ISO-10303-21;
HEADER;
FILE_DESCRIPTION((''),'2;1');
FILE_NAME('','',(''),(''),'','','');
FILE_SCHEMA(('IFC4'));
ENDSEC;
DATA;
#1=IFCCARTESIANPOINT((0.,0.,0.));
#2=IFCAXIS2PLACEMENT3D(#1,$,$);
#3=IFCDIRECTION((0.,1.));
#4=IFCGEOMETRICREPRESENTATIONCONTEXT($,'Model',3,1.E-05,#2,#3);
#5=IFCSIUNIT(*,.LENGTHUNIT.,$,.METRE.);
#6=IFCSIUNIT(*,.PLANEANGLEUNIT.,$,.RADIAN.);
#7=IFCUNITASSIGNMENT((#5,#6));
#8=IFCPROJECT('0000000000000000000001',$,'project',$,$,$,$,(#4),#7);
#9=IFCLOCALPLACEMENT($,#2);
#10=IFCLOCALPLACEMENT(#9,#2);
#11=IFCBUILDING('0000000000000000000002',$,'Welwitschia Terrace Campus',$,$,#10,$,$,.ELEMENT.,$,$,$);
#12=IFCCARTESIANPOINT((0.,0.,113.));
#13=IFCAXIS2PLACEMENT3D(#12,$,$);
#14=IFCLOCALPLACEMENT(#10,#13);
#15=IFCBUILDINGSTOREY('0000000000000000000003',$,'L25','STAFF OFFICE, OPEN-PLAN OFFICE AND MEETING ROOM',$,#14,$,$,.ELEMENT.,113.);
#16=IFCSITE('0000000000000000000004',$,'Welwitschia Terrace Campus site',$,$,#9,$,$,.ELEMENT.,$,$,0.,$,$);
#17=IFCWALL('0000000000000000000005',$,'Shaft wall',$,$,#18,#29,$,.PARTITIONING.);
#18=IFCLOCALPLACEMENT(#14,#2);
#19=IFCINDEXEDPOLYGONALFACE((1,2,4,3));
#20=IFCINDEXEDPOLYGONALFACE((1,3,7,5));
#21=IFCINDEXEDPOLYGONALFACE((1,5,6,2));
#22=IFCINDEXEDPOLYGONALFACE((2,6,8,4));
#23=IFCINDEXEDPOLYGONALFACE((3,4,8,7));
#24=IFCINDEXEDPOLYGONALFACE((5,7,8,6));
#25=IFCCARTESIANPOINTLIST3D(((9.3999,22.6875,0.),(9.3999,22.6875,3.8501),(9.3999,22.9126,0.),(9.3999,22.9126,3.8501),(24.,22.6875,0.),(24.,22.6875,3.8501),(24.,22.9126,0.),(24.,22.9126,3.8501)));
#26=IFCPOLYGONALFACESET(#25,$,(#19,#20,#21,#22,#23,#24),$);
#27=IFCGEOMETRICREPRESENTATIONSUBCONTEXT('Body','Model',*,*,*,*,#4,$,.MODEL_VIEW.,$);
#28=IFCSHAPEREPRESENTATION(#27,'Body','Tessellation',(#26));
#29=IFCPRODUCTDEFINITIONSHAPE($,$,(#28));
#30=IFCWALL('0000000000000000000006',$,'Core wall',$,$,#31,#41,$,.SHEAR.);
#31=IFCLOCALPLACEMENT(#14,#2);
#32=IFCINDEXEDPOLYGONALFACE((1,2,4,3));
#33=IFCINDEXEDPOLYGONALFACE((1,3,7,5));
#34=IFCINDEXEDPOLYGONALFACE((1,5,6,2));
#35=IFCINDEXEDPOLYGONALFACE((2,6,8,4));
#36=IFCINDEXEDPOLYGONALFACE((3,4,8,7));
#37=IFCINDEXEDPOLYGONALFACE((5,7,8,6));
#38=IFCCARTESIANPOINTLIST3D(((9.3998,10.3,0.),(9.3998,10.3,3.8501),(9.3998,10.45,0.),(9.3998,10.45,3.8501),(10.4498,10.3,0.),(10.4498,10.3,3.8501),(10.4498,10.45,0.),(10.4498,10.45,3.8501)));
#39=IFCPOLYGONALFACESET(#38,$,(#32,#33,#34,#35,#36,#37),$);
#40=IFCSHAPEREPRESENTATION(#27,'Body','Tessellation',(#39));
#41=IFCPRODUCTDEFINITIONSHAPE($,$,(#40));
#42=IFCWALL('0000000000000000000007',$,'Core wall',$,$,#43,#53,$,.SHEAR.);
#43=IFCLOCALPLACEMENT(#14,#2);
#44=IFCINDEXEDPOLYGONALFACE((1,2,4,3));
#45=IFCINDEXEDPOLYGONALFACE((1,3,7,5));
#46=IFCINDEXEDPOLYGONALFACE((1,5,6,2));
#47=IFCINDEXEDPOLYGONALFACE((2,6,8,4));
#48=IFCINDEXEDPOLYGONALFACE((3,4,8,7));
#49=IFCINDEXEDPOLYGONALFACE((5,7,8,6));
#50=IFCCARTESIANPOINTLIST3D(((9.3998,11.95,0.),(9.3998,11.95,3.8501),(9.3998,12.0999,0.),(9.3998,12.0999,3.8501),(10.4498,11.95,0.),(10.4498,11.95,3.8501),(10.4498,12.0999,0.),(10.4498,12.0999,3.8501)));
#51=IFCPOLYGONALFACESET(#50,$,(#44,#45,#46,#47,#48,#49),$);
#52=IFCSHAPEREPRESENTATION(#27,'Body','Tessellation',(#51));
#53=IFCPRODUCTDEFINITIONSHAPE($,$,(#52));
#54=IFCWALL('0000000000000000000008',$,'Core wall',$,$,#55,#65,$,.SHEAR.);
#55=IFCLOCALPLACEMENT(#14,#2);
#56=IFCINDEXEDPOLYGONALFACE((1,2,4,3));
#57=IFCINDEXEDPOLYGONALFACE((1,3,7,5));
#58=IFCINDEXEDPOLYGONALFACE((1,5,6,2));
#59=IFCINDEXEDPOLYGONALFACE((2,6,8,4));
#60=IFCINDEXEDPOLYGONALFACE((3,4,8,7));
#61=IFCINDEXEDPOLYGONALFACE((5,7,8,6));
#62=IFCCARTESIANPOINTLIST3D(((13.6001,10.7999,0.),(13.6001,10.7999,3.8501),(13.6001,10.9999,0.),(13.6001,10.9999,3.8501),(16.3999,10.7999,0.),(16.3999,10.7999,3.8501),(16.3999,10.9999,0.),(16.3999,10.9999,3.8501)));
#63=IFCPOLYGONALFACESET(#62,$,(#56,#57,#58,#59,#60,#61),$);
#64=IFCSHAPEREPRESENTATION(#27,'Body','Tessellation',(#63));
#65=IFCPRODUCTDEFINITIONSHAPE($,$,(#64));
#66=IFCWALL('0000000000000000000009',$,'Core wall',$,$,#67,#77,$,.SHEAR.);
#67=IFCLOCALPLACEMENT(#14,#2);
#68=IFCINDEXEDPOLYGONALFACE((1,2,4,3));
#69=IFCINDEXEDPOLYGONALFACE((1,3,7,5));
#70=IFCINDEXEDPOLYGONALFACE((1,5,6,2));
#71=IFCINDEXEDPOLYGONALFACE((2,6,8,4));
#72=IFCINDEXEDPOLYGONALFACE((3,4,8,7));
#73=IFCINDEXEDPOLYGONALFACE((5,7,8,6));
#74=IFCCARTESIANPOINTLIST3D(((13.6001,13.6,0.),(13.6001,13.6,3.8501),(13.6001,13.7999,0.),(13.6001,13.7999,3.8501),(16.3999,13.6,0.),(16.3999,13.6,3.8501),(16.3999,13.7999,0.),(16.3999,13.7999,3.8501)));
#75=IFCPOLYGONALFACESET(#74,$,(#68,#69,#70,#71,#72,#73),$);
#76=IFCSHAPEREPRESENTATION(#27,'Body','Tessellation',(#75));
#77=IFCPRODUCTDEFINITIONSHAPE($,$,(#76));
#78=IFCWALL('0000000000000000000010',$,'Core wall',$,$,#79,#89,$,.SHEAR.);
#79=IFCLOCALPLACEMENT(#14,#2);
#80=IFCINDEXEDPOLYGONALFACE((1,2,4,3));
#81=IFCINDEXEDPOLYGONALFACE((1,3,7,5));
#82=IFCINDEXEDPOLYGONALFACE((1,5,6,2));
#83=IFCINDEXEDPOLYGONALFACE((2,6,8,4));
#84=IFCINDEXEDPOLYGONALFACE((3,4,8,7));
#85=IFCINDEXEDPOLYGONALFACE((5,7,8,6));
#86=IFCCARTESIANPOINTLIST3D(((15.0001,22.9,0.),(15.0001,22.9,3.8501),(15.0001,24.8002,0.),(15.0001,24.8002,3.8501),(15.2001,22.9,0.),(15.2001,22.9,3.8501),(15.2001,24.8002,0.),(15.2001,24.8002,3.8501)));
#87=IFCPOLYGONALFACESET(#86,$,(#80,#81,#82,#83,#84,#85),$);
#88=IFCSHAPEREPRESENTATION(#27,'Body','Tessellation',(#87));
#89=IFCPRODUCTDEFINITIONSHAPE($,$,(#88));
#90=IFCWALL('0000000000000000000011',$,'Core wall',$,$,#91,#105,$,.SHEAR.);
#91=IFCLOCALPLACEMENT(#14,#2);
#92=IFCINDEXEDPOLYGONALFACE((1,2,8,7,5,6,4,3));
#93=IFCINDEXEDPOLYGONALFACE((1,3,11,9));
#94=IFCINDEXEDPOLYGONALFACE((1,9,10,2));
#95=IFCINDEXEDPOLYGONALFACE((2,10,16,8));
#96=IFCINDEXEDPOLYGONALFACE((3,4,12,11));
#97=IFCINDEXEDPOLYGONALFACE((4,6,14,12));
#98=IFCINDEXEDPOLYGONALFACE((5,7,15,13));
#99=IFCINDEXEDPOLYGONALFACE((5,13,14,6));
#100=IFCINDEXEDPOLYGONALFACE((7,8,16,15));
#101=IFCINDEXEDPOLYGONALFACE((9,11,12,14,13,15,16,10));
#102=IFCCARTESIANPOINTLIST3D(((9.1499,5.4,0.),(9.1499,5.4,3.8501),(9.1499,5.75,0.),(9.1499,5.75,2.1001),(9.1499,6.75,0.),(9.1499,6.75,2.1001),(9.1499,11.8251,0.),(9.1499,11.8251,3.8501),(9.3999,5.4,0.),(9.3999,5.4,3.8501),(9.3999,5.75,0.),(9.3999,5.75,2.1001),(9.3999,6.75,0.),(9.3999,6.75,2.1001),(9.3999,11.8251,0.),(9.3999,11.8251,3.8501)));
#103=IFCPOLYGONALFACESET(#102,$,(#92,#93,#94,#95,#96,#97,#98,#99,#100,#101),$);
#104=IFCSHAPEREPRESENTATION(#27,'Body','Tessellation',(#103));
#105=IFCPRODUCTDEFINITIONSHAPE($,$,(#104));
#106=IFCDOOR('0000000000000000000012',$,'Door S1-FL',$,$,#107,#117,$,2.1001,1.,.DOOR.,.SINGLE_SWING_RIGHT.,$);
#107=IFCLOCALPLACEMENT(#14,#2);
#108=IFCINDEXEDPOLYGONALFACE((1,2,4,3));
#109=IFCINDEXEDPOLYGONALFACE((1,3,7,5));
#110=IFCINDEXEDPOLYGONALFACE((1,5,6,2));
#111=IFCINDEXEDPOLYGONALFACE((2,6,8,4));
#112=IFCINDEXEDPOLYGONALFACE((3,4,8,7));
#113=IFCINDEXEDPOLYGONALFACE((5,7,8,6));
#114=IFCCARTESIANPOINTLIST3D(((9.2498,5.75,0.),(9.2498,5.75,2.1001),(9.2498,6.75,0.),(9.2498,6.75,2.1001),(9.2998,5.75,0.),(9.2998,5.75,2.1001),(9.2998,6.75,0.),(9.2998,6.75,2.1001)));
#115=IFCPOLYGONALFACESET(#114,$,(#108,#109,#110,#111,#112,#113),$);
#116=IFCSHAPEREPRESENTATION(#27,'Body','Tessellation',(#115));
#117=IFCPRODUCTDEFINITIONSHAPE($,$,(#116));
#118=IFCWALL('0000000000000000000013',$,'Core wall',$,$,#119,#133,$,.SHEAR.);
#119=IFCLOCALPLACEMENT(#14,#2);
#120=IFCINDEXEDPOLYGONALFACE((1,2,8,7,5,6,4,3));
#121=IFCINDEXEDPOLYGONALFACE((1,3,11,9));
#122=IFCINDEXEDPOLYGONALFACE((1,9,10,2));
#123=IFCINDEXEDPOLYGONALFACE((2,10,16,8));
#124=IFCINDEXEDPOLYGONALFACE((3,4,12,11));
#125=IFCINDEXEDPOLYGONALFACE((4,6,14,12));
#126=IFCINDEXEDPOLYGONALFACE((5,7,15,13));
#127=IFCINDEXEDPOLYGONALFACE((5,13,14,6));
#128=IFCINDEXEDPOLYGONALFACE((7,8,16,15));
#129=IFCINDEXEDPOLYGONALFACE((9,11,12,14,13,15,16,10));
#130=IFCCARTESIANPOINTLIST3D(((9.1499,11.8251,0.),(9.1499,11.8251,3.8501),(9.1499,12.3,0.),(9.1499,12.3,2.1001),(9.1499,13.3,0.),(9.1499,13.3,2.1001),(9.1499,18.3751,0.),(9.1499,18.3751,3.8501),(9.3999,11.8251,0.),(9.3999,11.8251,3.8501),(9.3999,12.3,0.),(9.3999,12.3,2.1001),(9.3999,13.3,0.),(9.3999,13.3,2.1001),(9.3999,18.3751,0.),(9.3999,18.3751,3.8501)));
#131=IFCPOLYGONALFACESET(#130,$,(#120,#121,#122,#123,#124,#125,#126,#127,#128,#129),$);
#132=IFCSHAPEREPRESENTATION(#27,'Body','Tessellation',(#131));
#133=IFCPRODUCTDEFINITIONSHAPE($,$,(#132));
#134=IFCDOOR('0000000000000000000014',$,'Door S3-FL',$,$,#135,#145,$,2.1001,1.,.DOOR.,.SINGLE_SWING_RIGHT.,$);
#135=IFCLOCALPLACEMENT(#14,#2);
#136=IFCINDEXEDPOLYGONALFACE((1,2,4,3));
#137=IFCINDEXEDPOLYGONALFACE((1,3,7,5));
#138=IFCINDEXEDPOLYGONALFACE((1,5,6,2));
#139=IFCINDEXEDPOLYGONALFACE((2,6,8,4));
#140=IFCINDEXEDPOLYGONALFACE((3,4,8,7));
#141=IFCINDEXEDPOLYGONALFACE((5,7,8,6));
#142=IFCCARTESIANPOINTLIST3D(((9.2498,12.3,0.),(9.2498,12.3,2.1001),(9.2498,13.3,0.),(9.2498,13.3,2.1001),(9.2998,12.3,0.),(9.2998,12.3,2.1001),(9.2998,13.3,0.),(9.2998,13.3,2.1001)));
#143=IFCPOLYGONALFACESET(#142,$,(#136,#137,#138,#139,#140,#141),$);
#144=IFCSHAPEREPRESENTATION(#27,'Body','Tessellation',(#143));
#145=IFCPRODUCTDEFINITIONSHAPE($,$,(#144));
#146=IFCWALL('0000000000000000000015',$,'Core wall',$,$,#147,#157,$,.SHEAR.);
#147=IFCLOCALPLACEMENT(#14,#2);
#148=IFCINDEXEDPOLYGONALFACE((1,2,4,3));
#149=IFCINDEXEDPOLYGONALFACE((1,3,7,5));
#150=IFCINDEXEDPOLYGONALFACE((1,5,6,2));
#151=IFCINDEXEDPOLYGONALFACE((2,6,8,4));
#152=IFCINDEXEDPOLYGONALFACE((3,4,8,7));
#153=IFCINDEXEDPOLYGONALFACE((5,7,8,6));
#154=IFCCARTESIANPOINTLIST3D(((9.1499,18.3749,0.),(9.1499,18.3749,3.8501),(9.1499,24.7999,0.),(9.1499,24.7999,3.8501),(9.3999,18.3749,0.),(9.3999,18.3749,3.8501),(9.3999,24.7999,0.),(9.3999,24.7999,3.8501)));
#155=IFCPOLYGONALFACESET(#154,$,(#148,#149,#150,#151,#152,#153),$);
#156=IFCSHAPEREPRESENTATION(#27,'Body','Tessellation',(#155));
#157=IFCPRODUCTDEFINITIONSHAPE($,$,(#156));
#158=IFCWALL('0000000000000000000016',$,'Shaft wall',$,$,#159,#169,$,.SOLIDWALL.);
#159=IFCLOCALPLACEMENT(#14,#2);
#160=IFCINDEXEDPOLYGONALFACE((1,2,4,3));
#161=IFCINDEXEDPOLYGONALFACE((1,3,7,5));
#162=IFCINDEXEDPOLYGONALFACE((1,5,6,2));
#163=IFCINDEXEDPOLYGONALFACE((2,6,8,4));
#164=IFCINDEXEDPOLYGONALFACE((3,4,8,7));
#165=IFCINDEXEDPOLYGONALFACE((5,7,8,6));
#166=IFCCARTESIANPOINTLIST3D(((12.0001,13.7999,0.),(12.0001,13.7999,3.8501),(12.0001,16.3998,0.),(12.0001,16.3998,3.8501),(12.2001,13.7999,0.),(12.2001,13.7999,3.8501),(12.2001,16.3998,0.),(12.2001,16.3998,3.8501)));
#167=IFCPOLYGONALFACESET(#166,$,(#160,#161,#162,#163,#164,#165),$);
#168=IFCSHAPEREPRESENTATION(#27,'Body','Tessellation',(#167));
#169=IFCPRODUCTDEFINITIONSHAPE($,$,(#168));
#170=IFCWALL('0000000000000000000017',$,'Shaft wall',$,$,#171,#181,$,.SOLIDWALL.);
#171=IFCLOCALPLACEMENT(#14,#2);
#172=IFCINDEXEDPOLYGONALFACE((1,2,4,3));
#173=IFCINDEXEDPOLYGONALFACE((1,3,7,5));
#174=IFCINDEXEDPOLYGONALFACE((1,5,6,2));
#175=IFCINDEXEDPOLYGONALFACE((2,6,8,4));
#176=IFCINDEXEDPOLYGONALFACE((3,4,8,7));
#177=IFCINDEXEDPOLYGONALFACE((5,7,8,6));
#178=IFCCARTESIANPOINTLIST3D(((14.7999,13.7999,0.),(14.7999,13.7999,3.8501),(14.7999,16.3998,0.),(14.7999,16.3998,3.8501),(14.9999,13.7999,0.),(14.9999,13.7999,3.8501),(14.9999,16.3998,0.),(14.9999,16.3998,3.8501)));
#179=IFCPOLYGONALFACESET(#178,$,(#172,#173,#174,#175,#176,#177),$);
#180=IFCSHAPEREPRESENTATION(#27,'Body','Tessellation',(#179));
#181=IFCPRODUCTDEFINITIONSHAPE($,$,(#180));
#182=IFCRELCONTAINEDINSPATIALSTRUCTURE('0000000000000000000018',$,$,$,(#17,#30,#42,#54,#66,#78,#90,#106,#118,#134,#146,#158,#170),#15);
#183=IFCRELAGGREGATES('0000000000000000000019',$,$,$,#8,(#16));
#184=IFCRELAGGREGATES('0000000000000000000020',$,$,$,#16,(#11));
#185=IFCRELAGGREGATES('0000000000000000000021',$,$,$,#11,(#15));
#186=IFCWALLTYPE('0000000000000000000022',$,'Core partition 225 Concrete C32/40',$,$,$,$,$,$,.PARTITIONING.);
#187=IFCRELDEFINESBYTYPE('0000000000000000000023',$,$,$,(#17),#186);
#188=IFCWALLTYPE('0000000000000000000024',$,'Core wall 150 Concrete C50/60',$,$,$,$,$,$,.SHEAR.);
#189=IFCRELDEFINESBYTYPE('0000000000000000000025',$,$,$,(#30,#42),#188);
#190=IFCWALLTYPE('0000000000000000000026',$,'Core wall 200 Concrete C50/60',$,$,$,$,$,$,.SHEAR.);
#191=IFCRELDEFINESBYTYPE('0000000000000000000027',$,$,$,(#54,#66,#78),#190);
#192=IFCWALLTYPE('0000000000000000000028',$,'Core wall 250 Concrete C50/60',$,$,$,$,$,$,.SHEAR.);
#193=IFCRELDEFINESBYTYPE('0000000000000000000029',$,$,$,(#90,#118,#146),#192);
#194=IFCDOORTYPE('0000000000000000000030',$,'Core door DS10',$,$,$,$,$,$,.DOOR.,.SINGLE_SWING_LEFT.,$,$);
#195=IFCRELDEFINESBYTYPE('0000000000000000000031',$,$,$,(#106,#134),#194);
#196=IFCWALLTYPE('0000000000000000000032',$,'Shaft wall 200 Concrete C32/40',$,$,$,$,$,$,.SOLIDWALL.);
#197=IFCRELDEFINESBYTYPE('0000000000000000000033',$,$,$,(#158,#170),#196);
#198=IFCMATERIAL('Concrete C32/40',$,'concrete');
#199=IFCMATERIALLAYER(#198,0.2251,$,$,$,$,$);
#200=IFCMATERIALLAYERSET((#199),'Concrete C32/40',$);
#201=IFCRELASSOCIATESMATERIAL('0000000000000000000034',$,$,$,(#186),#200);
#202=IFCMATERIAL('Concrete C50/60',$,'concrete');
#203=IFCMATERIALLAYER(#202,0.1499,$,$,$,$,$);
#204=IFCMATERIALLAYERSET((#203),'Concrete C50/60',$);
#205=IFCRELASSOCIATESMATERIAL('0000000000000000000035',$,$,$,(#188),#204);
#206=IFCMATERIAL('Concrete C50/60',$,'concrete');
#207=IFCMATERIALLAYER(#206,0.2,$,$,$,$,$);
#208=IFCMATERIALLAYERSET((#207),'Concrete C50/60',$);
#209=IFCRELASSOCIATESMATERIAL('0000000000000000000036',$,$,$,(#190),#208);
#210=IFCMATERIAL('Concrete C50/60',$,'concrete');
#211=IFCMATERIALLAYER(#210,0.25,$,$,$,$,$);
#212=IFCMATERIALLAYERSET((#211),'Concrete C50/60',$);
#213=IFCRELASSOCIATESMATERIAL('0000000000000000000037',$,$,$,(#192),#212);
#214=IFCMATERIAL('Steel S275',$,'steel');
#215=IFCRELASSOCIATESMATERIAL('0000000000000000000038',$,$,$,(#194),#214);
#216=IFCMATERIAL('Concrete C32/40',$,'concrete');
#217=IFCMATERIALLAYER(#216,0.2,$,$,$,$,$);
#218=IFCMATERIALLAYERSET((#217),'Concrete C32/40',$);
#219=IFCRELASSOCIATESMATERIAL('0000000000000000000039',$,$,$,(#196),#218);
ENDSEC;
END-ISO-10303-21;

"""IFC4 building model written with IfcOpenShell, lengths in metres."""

from ifc_helpers import new_model, si_unit, direction, frame, frame_2d, origin, place, context, subcontext, project, spatial, rectangle, extrude, material, layer, layer_set, type_object, element, fill, save


model = new_model("IFC4")

# Units and contexts
model_context = context("Model", 3, precision=1e-05, world=origin(), true_north=direction((0.0, 1.0)))
body_context = subcontext(model_context, "Body", "Model", "MODEL_VIEW")
ifc_project = project(units=[si_unit("LENGTHUNIT", "METRE"), si_unit("PLANEANGLEUNIT", "RADIAN")], contexts=[model_context])

# Site, building, storey
site_placement = place(None, origin())
site = spatial("IfcSite", under=ifc_project, at=site_placement, Name="Welwitschia Terrace Campus site", CompositionType="ELEMENT", RefElevation=0.0)
building_placement = place(site_placement, origin())
building = spatial("IfcBuilding", under=site, at=building_placement, Name="Welwitschia Terrace Campus", CompositionType="ELEMENT")
storey_placement = place(building_placement, frame((0.0, 0.0, 113.0)))
storey = spatial("IfcBuildingStorey", under=building, at=storey_placement, Name="L25", Description="STAFF OFFICE, OPEN-PLAN OFFICE AND MEETING ROOM", CompositionType="ELEMENT", Elevation=113.0)

# Shared definitions
ifc_material_1 = material(Name="Concrete C32/40", Category="concrete")
ifc_layer_1 = layer(ifc_material_1, 0.2251)
ifc_layer_set_1 = layer_set([ifc_layer_1], Name="Concrete C32/40")
wall_type_1 = type_object("IfcWallType", Name="Core partition 225 Concrete C32/40", PredefinedType="PARTITIONING", material=ifc_layer_set_1)

# Walls
wall_1_placement = place(storey_placement, frame((9.3999, 22.8, 0.0), z_axis=(0.0, 0.0, 1.0), x_axis=(1.0, 0.0, 0.0)))
element("IfcWall", 1, at=wall_1_placement, inside=storey, type_object=wall_type_1, Name="Shaft wall", PredefinedType="PARTITIONING", context=body_context, shape_type="SweptSolid", body=[
    extrude(rectangle(XDim=14.6001, YDim=0.2251, at=frame_2d((7.3, 0.0))), origin(), (0.0, 0.0, 1.0), 3.8501),
])
ifc_material_2 = material(Name="Concrete C50/60", Category="concrete")
ifc_layer_2 = layer(ifc_material_2, 0.1499)
ifc_layer_set_2 = layer_set([ifc_layer_2], Name="Concrete C50/60")
wall_type_2 = type_object("IfcWallType", Name="Core wall 150 Concrete C50/60", PredefinedType="SHEAR", material=ifc_layer_set_2)
for number, where, z_axis, x_axis, name in (
    (2, (9.3999, 10.375, 0.0), (0.0, 0.0, 1.0), (1.0, 0.0, 0.0), "Core wall"),
    (3, (9.3999, 12.0249, 0.0), (0.0, 0.0, 1.0), (1.0, 0.0, 0.0), "Core wall"),
):
    element("IfcWall", number, at=place(storey_placement, frame(where, z_axis=z_axis, x_axis=x_axis)), inside=storey, type_object=wall_type_2, Name=name, PredefinedType="SHEAR", context=body_context, shape_type="SweptSolid", body=[
        extrude(rectangle(XDim=1.05, YDim=0.1499, at=frame_2d((0.5249, 0.0))), origin(), (0.0, 0.0, 1.0), 3.8501),
    ])
ifc_material_3 = material(Name="Concrete C50/60", Category="concrete")
ifc_layer_3 = layer(ifc_material_3, 0.2)
ifc_layer_set_3 = layer_set([ifc_layer_3], Name="Concrete C50/60")
wall_type_3 = type_object("IfcWallType", Name="Core wall 200 Concrete C50/60", PredefinedType="SHEAR", material=ifc_layer_set_3)
for number, where, z_axis, x_axis, name in (
    (4, (13.6001, 10.8999, 0.0), (0.0, 0.0, 1.0), (1.0, 0.0, 0.0), "Core wall"),
    (5, (13.6001, 13.7, 0.0), (0.0, 0.0, 1.0), (1.0, 0.0, 0.0), "Core wall"),
):
    element("IfcWall", number, at=place(storey_placement, frame(where, z_axis=z_axis, x_axis=x_axis)), inside=storey, type_object=wall_type_3, Name=name, PredefinedType="SHEAR", context=body_context, shape_type="SweptSolid", body=[
        extrude(rectangle(XDim=2.7998, YDim=0.2, at=frame_2d((1.3999, 0.0))), origin(), (0.0, 0.0, 1.0), 3.8501),
    ])
wall_2_placement = place(storey_placement, frame((15.1001, 22.8999, 0.0), z_axis=(0.0, 0.0, 1.0), x_axis=(0.0, 1.0, 0.0)))
element("IfcWall", 6, at=wall_2_placement, inside=storey, type_object=wall_type_3, Name="Core wall", PredefinedType="SHEAR", context=body_context, shape_type="SweptSolid", body=[
    extrude(rectangle(XDim=1.9001, YDim=0.2, at=frame_2d((0.9502, 0.0))), origin(), (0.0, 0.0, 1.0), 3.8501),
])

# Walls, openings, doors
ifc_material_4 = material(Name="Concrete C50/60", Category="concrete")
ifc_layer_4 = layer(ifc_material_4, 0.25)
ifc_layer_set_4 = layer_set([ifc_layer_4], Name="Concrete C50/60")
wall_type_4 = type_object("IfcWallType", Name="Core wall 250 Concrete C50/60", PredefinedType="SHEAR", material=ifc_layer_set_4)
wall_3_placement = place(storey_placement, frame((9.2749, 11.825, 0.0), z_axis=(0.0, 0.0, 1.0), x_axis=(0.0, -1.0, 0.0)))
wall_3 = element("IfcWall", 7, at=wall_3_placement, inside=storey, type_object=wall_type_4, Name="Core wall", PredefinedType="SHEAR", context=body_context, shape_type="SweptSolid", body=[
    extrude(rectangle(XDim=6.425, YDim=0.25, at=frame_2d((3.2124, 0.0))), origin(), (0.0, 0.0, 1.0), 3.8501),
])
opening_1_placement = place(wall_3_placement, frame((5.075, 0.0, 0.0)))
opening_1 = element("IfcOpeningElement", 8, at=opening_1_placement, cuts=wall_3, PredefinedType="OPENING", context=body_context, shape_type="SweptSolid", body=[
    extrude(rectangle(XDim=1.0, YDim=2.1001, at=frame_2d((0.5, 1.05))), frame((0.0, 0.135, 0.0), z_axis=(0.0, -1.0, 0.0), x_axis=(1.0, 0.0, 0.0)), (0.0, 0.0, 1.0), 0.27),
])
ifc_material_5 = material(Name="Steel S275", Category="steel")
door_type_1 = type_object("IfcDoorType", Name="Core door DS10", OperationType="SINGLE_SWING_LEFT", PredefinedType="DOOR", material=ifc_material_5)
door_1_placement = place(opening_1_placement, origin())
door_1 = element("IfcDoor", 9, at=door_1_placement, inside=storey, type_object=door_type_1, Name="Door S1-FL", OperationType="SINGLE_SWING_RIGHT", OverallHeight=2.1001, OverallWidth=1.0, PredefinedType="DOOR", context=body_context, shape_type="SweptSolid", body=[
    extrude(rectangle(XDim=1.0, YDim=2.1001, at=frame_2d((0.5, 1.05))), frame((0.0, 0.0249, 0.0), z_axis=(0.0, -1.0, 0.0), x_axis=(1.0, 0.0, 0.0)), (0.0, 0.0, 1.0), 0.05),
])
fill(opening_1, door_1)
wall_4_placement = place(storey_placement, frame((9.2749, 18.375, 0.0), z_axis=(0.0, 0.0, 1.0), x_axis=(0.0, -1.0, 0.0)))
wall_4 = element("IfcWall", 10, at=wall_4_placement, inside=storey, type_object=wall_type_4, Name="Core wall", PredefinedType="SHEAR", context=body_context, shape_type="SweptSolid", body=[
    extrude(rectangle(XDim=6.55, YDim=0.25, at=frame_2d((3.2749, 0.0))), origin(), (0.0, 0.0, 1.0), 3.8501),
])
opening_2_placement = place(wall_4_placement, frame((5.075, 0.0, 0.0)))
opening_2 = element("IfcOpeningElement", 11, at=opening_2_placement, cuts=wall_4, PredefinedType="OPENING", context=body_context, shape_type="SweptSolid", body=[
    extrude(rectangle(XDim=1.0, YDim=2.1001, at=frame_2d((0.5, 1.05))), frame((0.0, 0.135, 0.0), z_axis=(0.0, -1.0, 0.0), x_axis=(1.0, 0.0, 0.0)), (0.0, 0.0, 1.0), 0.27),
])
door_2_placement = place(opening_2_placement, origin())
door_2 = element("IfcDoor", 12, at=door_2_placement, inside=storey, type_object=door_type_1, Name="Door S3-FL", OperationType="SINGLE_SWING_RIGHT", OverallHeight=2.1001, OverallWidth=1.0, PredefinedType="DOOR", context=body_context, shape_type="SweptSolid", body=[
    extrude(rectangle(XDim=1.0, YDim=2.1001, at=frame_2d((0.5, 1.05))), frame((0.0, 0.0249, 0.0), z_axis=(0.0, -1.0, 0.0), x_axis=(1.0, 0.0, 0.0)), (0.0, 0.0, 1.0), 0.05),
])
fill(opening_2, door_2)

# Walls
wall_5_placement = place(storey_placement, frame((9.2749, 18.375, 0.0), z_axis=(0.0, 0.0, 1.0), x_axis=(0.0, 1.0, 0.0)))
element("IfcWall", 13, at=wall_5_placement, inside=storey, type_object=wall_type_4, Name="Core wall", PredefinedType="SHEAR", context=body_context, shape_type="SweptSolid", body=[
    extrude(rectangle(XDim=6.425, YDim=0.25, at=frame_2d((3.2124, 0.0))), origin(), (0.0, 0.0, 1.0), 3.8501),
])
ifc_material_6 = material(Name="Concrete C32/40", Category="concrete")
ifc_layer_5 = layer(ifc_material_6, 0.2)
ifc_layer_set_5 = layer_set([ifc_layer_5], Name="Concrete C32/40")
wall_type_5 = type_object("IfcWallType", Name="Shaft wall 200 Concrete C32/40", PredefinedType="SOLIDWALL", material=ifc_layer_set_5)
for number, where, z_axis, x_axis, name in (
    (14, (12.1001, 13.8, 0.0), (0.0, 0.0, 1.0), (0.0, 1.0, 0.0), "Shaft wall"),
    (15, (14.8999, 13.8, 0.0), (0.0, 0.0, 1.0), (0.0, 1.0, 0.0), "Shaft wall"),
):
    element("IfcWall", number, at=place(storey_placement, frame(where, z_axis=z_axis, x_axis=x_axis)), inside=storey, type_object=wall_type_5, Name=name, PredefinedType="SOLIDWALL", context=body_context, shape_type="SweptSolid", body=[
        extrude(rectangle(XDim=2.5999, YDim=0.2, at=frame_2d((1.2998, 0.0))), origin(), (0.0, 0.0, 1.0), 3.8501),
    ])

save(model, "model.ifc")
